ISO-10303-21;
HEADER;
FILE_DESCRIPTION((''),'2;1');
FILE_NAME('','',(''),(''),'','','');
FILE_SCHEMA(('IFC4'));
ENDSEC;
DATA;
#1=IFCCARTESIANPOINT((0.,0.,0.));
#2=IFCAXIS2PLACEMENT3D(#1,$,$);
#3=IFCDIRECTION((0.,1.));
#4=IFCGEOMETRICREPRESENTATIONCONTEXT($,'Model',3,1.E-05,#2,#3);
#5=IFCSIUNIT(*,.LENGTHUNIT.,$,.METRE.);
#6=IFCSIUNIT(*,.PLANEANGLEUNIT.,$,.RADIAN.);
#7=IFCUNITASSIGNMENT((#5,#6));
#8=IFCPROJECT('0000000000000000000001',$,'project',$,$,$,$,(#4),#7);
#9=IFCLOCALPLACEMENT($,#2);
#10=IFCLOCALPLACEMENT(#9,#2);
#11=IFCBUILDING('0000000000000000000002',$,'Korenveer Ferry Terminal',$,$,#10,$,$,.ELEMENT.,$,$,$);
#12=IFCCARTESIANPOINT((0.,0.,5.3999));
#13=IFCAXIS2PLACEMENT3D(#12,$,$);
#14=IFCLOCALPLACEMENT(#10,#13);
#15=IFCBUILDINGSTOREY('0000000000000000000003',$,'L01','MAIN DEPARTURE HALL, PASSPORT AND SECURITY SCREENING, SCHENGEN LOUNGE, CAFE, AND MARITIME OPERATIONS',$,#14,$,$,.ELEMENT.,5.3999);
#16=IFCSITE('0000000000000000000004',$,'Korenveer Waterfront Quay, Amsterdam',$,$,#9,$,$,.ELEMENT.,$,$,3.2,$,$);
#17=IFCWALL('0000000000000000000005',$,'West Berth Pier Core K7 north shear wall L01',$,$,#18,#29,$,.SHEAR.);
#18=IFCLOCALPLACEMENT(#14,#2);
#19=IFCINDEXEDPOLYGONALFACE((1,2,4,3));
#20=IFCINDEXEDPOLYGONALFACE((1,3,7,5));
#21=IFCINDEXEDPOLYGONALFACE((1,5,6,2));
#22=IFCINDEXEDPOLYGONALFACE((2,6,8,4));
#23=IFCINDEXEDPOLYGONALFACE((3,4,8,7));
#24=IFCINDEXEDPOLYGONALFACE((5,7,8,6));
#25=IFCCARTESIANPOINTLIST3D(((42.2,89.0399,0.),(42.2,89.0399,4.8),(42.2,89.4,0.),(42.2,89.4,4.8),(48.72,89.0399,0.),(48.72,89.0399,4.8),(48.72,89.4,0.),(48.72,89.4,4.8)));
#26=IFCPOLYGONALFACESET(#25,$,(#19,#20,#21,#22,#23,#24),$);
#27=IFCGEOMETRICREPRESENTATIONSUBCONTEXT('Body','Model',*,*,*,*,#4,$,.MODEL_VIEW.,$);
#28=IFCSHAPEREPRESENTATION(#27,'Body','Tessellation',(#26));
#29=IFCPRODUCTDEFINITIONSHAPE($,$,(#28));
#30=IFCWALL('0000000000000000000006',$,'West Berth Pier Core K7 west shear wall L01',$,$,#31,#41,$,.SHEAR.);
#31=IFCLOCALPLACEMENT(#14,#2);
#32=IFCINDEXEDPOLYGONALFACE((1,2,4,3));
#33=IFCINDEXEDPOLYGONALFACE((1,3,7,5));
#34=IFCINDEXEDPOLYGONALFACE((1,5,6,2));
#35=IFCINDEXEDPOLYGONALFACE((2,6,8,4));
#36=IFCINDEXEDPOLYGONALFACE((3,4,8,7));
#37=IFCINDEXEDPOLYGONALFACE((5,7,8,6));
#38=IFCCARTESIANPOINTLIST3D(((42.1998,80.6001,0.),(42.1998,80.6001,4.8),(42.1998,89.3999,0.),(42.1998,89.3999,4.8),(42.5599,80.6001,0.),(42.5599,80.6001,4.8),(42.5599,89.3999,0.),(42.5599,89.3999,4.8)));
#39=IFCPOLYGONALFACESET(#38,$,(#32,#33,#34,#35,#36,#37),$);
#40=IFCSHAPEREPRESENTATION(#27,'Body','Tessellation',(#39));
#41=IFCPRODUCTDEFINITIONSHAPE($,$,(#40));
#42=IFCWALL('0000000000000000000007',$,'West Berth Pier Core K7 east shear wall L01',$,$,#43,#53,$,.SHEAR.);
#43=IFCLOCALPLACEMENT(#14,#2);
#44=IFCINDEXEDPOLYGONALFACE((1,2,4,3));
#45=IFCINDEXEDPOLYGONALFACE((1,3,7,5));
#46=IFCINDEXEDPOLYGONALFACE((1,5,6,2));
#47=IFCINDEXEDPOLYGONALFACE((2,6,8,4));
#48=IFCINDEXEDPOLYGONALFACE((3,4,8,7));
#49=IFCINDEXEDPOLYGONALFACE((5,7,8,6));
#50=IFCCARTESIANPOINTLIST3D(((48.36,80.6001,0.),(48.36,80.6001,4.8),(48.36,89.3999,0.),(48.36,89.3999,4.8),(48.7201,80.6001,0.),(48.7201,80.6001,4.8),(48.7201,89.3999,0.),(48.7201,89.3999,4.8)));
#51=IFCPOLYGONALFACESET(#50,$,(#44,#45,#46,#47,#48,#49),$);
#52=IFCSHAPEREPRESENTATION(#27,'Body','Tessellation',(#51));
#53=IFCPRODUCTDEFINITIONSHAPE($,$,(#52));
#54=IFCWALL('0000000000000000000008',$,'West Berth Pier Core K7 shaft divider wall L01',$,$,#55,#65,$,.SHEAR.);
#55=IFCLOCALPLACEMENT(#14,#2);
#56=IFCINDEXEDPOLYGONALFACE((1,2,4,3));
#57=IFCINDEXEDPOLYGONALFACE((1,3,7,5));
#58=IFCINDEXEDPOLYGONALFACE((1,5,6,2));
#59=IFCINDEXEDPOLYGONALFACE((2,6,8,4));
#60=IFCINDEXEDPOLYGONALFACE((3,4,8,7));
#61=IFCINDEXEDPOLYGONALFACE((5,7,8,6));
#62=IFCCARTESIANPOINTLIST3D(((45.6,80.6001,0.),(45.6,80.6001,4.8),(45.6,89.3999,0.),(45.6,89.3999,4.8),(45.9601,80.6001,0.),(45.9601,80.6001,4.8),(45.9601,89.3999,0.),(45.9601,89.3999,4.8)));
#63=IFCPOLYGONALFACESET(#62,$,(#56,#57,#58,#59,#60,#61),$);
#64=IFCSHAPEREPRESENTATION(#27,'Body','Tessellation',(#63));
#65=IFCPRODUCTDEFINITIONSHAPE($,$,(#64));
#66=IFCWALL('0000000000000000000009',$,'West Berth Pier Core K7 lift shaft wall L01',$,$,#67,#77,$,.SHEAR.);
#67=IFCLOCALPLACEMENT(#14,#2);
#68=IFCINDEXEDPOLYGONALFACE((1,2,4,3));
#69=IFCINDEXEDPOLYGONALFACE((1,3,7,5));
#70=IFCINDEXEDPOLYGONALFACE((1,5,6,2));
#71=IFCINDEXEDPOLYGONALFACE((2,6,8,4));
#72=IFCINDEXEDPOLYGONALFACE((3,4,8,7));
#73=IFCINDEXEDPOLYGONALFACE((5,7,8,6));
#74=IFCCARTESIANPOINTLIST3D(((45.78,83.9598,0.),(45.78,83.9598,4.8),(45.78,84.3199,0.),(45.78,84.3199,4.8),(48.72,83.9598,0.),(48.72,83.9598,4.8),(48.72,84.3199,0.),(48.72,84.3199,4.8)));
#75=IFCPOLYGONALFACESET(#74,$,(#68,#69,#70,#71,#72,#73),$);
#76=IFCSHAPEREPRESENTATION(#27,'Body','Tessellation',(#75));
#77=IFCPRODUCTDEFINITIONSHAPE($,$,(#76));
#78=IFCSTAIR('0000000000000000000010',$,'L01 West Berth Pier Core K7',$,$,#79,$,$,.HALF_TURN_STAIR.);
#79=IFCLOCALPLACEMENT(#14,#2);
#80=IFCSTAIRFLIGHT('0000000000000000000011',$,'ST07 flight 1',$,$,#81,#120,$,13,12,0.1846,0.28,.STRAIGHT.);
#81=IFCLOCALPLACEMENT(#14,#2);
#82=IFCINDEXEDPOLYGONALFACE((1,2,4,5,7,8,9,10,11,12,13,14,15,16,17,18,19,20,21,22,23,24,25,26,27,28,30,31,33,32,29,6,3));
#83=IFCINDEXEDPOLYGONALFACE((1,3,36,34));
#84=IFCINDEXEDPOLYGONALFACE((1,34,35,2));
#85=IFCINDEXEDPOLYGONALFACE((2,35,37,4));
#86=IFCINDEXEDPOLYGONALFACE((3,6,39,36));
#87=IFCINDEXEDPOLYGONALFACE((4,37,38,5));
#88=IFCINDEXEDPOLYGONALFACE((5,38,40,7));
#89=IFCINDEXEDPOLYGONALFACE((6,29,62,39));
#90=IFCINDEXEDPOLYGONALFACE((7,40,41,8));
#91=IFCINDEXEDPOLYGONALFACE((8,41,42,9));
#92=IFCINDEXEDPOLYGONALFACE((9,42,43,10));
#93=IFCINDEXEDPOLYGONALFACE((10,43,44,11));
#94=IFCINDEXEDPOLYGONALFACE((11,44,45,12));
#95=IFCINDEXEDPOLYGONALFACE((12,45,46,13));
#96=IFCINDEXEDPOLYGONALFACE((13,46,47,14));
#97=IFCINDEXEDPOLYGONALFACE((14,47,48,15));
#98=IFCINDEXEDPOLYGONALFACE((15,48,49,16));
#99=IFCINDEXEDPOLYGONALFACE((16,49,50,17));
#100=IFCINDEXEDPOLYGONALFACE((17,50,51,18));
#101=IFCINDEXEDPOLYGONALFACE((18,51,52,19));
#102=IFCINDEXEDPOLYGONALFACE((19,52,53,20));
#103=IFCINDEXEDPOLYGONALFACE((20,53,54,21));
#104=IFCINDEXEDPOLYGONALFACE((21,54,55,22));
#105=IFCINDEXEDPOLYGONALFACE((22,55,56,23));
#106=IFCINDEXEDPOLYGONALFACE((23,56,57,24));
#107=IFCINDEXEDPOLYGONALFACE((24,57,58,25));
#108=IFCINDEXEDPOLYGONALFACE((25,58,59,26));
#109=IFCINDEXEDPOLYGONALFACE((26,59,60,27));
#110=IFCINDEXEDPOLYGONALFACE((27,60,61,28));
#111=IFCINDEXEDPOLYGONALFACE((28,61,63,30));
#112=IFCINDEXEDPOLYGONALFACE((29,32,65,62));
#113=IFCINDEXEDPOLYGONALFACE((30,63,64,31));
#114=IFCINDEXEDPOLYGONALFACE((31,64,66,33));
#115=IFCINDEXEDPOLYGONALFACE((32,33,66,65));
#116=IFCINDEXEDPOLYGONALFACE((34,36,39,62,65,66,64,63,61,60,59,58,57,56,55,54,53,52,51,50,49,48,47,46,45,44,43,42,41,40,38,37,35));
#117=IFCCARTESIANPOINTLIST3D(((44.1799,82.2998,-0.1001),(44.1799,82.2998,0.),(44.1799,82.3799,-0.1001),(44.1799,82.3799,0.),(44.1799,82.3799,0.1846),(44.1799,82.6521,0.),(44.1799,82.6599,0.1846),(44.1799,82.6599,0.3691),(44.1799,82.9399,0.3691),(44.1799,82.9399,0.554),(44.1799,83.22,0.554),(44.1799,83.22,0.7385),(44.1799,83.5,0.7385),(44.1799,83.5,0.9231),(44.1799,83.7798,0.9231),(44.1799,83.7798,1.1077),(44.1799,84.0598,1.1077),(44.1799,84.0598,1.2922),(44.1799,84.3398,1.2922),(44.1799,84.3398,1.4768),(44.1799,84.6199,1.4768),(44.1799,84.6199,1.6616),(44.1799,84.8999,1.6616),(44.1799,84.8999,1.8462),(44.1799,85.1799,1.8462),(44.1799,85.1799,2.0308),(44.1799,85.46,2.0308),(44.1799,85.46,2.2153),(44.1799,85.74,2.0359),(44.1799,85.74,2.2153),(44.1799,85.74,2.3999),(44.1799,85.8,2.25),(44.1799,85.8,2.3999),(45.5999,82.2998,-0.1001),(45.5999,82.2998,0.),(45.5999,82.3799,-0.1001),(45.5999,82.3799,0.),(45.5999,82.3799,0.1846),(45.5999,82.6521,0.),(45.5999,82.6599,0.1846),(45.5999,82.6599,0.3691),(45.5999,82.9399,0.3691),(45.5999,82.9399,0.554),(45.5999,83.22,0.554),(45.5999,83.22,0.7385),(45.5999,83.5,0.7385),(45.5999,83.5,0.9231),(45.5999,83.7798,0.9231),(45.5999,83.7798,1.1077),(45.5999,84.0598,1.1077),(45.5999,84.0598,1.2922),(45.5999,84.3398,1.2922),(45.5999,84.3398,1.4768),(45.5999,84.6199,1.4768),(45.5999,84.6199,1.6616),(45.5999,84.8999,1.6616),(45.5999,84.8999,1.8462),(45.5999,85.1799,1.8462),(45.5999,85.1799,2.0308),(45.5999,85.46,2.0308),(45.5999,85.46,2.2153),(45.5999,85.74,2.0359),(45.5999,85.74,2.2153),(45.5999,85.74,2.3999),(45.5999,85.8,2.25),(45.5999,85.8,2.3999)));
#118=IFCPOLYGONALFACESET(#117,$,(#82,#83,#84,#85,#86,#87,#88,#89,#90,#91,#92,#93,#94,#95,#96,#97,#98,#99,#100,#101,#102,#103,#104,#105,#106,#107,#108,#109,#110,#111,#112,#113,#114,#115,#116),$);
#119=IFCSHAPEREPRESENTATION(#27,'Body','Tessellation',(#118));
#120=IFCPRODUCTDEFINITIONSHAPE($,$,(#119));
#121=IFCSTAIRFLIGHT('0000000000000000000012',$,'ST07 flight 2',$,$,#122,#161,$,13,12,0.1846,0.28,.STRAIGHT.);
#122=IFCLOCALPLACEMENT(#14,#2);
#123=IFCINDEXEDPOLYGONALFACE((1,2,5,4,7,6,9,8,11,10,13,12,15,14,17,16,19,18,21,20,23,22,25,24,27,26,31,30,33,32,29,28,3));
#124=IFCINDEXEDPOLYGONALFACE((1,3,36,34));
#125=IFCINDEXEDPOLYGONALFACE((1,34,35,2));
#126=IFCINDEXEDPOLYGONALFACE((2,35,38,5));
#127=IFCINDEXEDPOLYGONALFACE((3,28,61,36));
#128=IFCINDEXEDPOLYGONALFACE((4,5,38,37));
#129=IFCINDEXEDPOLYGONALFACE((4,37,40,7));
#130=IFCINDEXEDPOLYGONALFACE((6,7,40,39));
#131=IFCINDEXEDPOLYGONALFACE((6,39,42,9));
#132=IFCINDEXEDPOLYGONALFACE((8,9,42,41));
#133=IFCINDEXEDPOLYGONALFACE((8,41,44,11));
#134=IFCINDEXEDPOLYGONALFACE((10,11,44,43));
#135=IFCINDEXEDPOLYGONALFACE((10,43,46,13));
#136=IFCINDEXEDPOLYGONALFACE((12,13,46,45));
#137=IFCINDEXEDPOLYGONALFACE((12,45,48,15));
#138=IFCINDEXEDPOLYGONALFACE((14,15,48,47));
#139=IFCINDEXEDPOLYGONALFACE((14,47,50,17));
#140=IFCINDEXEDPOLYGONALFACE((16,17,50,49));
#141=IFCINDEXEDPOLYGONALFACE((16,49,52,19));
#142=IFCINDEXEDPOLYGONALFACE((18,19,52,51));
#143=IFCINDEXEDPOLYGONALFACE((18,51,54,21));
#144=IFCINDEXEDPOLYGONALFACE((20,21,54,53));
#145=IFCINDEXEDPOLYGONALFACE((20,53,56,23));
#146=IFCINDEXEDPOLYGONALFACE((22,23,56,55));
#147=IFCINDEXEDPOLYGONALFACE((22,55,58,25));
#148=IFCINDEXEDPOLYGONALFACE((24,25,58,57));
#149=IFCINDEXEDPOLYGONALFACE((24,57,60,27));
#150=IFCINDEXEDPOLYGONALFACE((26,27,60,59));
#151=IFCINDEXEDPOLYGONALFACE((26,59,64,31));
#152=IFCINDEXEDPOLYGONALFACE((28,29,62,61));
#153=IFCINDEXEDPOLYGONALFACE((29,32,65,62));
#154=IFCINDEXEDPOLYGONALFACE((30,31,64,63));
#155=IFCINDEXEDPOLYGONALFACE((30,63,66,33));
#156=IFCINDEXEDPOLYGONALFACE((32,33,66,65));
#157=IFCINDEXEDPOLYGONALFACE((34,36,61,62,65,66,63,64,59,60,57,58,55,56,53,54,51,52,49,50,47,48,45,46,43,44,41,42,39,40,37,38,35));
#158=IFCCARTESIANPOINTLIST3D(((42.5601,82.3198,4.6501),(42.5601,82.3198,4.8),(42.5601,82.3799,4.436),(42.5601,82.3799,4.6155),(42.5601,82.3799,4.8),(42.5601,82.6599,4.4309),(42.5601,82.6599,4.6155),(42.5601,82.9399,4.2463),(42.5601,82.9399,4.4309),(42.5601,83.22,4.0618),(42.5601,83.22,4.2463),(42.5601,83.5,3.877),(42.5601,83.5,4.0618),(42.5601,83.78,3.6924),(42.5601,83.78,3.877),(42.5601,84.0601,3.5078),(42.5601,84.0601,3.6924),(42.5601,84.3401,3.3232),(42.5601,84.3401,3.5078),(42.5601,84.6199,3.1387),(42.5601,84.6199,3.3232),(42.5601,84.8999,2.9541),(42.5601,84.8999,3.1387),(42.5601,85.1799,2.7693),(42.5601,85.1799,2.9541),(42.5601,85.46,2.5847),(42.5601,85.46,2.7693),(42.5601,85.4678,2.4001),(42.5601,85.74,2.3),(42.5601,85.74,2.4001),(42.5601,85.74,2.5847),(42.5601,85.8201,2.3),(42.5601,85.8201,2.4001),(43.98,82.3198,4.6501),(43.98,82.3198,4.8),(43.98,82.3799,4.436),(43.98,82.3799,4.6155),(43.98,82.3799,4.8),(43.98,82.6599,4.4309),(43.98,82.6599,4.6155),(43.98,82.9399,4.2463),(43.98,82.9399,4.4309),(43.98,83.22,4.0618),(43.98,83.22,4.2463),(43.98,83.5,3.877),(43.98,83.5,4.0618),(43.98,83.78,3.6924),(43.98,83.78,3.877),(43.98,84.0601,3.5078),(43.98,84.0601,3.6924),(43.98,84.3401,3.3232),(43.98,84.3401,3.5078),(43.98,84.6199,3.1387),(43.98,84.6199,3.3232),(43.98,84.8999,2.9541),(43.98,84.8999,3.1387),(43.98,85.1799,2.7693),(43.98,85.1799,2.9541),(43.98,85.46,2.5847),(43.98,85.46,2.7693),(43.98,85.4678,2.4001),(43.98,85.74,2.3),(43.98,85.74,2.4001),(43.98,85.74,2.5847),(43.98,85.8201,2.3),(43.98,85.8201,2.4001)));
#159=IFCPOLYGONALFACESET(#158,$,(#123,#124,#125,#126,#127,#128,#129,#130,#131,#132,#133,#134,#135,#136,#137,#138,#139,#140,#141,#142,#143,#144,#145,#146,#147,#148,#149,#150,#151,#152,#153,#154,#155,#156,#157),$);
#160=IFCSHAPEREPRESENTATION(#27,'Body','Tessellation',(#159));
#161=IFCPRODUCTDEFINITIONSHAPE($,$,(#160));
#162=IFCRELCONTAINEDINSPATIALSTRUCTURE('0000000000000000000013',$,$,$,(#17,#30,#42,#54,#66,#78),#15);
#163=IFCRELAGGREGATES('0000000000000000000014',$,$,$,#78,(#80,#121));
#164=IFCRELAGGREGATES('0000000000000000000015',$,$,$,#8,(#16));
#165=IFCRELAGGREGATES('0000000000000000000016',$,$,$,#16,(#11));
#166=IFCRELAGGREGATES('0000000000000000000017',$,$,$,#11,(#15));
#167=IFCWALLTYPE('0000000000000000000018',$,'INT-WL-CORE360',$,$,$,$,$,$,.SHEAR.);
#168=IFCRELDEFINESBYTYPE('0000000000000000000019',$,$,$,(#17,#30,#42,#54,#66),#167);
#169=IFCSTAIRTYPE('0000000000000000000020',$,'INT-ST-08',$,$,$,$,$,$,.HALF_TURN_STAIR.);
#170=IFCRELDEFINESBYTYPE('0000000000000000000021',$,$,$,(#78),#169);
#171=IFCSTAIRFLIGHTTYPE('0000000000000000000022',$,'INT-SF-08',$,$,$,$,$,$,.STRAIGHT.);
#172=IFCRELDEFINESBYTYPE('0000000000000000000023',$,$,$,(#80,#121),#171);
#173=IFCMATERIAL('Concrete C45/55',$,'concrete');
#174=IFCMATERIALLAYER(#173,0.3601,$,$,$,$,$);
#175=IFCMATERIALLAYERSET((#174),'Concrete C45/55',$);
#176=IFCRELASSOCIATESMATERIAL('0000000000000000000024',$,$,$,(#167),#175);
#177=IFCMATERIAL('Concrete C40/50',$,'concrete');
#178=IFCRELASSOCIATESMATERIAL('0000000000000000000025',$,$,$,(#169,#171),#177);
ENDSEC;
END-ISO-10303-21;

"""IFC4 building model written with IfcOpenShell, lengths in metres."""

from ifc_helpers import new_model, si_unit, direction, frame, frame_2d, origin, place, context, subcontext, project, spatial, polyline, rectangle, outline, extrude, material, layer, layer_set, type_object, element, aggregate, save


model = new_model("IFC4")

# Units and contexts
model_context = context("Model", 3, precision=1e-05, world=origin(), true_north=direction((0.0, 1.0)))
body_context = subcontext(model_context, "Body", "Model", "MODEL_VIEW")
ifc_project = project(units=[si_unit("LENGTHUNIT", "METRE"), si_unit("PLANEANGLEUNIT", "RADIAN")], contexts=[model_context])

# Site, building, storey
site_placement = place(None, origin())
site = spatial("IfcSite", under=ifc_project, at=site_placement, Name="Korenveer Waterfront Quay, Amsterdam", CompositionType="ELEMENT", RefElevation=3.2)
building_placement = place(site_placement, origin())
building = spatial("IfcBuilding", under=site, at=building_placement, Name="Korenveer Ferry Terminal", CompositionType="ELEMENT")
storey_placement = place(building_placement, frame((0.0, 0.0, 5.3999)))
storey = spatial("IfcBuildingStorey", under=building, at=storey_placement, Name="L01", Description="MAIN DEPARTURE HALL, PASSPORT AND SECURITY SCREENING, SCHENGEN LOUNGE, CAFE, AND MARITIME OPERATIONS", CompositionType="ELEMENT", Elevation=5.3999)

# Shared definitions
ifc_material_1 = material(Name="Concrete C45/55", Category="concrete")
ifc_layer_1 = layer(ifc_material_1, 0.3601)
ifc_layer_set_1 = layer_set([ifc_layer_1], Name="Concrete C45/55")
wall_type = type_object("IfcWallType", Name="INT-WL-CORE360", PredefinedType="SHEAR", material=ifc_layer_set_1)

# Walls
wall_1_placement = place(storey_placement, frame((42.2, 89.22, 0.0), z_axis=(0.0, 0.0, 1.0), x_axis=(1.0, 0.0, 0.0)))
element("IfcWall", 1, at=wall_1_placement, inside=storey, type_object=wall_type, Name="West Berth Pier Core K7 north shear wall L01", PredefinedType="SHEAR", context=body_context, shape_type="SweptSolid", body=[
    extrude(rectangle(XDim=6.52, YDim=0.3601, at=frame_2d((3.26, 0.0))), origin(), (0.0, 0.0, 1.0), 4.8),
])
for number, where, z_axis, x_axis, name in (
    (2, (42.3799, 80.6001, 0.0), (0.0, 0.0, 1.0), (0.0, 1.0, 0.0), "West Berth Pier Core K7 west shear wall L01"),
    (3, (48.54, 80.6001, 0.0), (0.0, 0.0, 1.0), (0.0, 1.0, 0.0), "West Berth Pier Core K7 east shear wall L01"),
    (4, (45.78, 80.6001, 0.0), (0.0, 0.0, 1.0), (0.0, 1.0, 0.0), "West Berth Pier Core K7 shaft divider wall L01"),
):
    element("IfcWall", number, at=place(storey_placement, frame(where, z_axis=z_axis, x_axis=x_axis)), inside=storey, type_object=wall_type, Name=name, PredefinedType="SHEAR", context=body_context, shape_type="SweptSolid", body=[
        extrude(rectangle(XDim=8.7998, YDim=0.3601, at=frame_2d((4.3999, 0.0))), origin(), (0.0, 0.0, 1.0), 4.8),
    ])
wall_2_placement = place(storey_placement, frame((45.78, 84.1399, 0.0), z_axis=(0.0, 0.0, 1.0), x_axis=(1.0, 0.0, 0.0)))
element("IfcWall", 5, at=wall_2_placement, inside=storey, type_object=wall_type, Name="West Berth Pier Core K7 lift shaft wall L01", PredefinedType="SHEAR", context=body_context, shape_type="SweptSolid", body=[
    extrude(rectangle(XDim=2.9399, YDim=0.3601, at=frame_2d((1.47, 0.0))), origin(), (0.0, 0.0, 1.0), 4.8),
])

# Stair, stair flights
ifc_material_2 = material(Name="Concrete C40/50", Category="concrete")
stair_type = type_object("IfcStairType", Name="INT-ST-08", PredefinedType="HALF_TURN_STAIR", material=ifc_material_2)
stair_placement = place(storey_placement, frame((44.8899, 82.3799, 0.0)))
stair = element("IfcStair", 6, at=stair_placement, inside=storey, type_object=stair_type, Name="L01 West Berth Pier Core K7", PredefinedType="HALF_TURN_STAIR")
stair_flight_type = type_object("IfcStairFlightType", Name="INT-SF-08", PredefinedType="STRAIGHT", material=ifc_material_2)
stair_flight_1_placement = place(storey_placement, frame((44.8899, 82.3799, 0.0), z_axis=(0.0, 0.0, 1.0), x_axis=(0.0, 1.0, 0.0)))
stair_flight_1 = element("IfcStairFlight", 7, at=stair_flight_1_placement, type_object=stair_flight_type, Name="ST07 flight 1", NumberOfRisers=13, NumberOfTreads=12, PredefinedType="STRAIGHT", RiserHeight=0.1846, TreadLength=0.28, context=body_context, shape_type="SweptSolid", body=[
    extrude(outline(polyline([(-0.0801, 0.0), (0.0, 0.0), (0.0, 0.1846), (0.28, 0.1846), (0.28, 0.3691), (0.5601, 0.3691), (0.5601, 0.554), (0.8401, 0.554), (0.8401, 0.7385), (1.1201, 0.7385), (1.1201, 0.9231), (1.3999, 0.9231), (1.3999, 1.1077), (1.6799, 1.1077), (1.6799, 1.2922), (1.96, 1.2922), (1.96, 1.4768), (2.24, 1.4768), (2.24, 1.6616), (2.52, 1.6616), (2.52, 1.8462), (2.8, 1.8462), (2.8, 2.0308), (3.0801, 2.0308), (3.0801, 2.2153), (3.3601, 2.2153), (3.3601, 2.3999), (3.4202, 2.3999), (3.4202, 2.25), (3.3601, 2.0359), (0.2722, 0.0), (0.0, -0.1001), (-0.0801, -0.1001), (-0.0801, 0.0)])), frame((0.0, 0.71, 0.0), z_axis=(0.0, -1.0, 0.0), x_axis=(1.0, 0.0, 0.0)), (0.0, 0.0, 1.0), 1.4199),
])
stair_flight_2_placement = place(storey_placement, frame((43.27, 85.74, 2.4001), z_axis=(0.0, 0.0, 1.0), x_axis=(0.0, -1.0, 0.0)))
stair_flight_2 = element("IfcStairFlight", 8, at=stair_flight_2_placement, type_object=stair_flight_type, Name="ST07 flight 2", NumberOfRisers=13, NumberOfTreads=12, PredefinedType="STRAIGHT", RiserHeight=0.1846, TreadLength=0.28, context=body_context, shape_type="SweptSolid", body=[
    extrude(outline(polyline([(-0.0801, 0.0), (0.0, 0.0), (0.0, 0.1846), (0.28, 0.1846), (0.28, 0.3691), (0.5601, 0.3691), (0.5601, 0.554), (0.8401, 0.554), (0.8401, 0.7385), (1.1201, 0.7385), (1.1201, 0.9231), (1.3999, 0.9231), (1.3999, 1.1077), (1.6799, 1.1077), (1.6799, 1.2922), (1.96, 1.2922), (1.96, 1.4768), (2.24, 1.4768), (2.24, 1.6616), (2.52, 1.6616), (2.52, 1.8462), (2.8, 1.8462), (2.8, 2.0308), (3.0801, 2.0308), (3.0801, 2.2153), (3.3601, 2.2153), (3.3601, 2.3999), (3.4202, 2.3999), (3.4202, 2.25), (3.3601, 2.0359), (0.2722, 0.0), (0.0, -0.1001), (-0.0801, -0.1001), (-0.0801, 0.0)])), frame((0.0, 0.71, 0.0), z_axis=(0.0, -1.0, 0.0), x_axis=(1.0, 0.0, 0.0)), (0.0, 0.0, 1.0), 1.4199),
])
aggregate(stair, [stair_flight_1, stair_flight_2])

save(model, "model.ifc")
